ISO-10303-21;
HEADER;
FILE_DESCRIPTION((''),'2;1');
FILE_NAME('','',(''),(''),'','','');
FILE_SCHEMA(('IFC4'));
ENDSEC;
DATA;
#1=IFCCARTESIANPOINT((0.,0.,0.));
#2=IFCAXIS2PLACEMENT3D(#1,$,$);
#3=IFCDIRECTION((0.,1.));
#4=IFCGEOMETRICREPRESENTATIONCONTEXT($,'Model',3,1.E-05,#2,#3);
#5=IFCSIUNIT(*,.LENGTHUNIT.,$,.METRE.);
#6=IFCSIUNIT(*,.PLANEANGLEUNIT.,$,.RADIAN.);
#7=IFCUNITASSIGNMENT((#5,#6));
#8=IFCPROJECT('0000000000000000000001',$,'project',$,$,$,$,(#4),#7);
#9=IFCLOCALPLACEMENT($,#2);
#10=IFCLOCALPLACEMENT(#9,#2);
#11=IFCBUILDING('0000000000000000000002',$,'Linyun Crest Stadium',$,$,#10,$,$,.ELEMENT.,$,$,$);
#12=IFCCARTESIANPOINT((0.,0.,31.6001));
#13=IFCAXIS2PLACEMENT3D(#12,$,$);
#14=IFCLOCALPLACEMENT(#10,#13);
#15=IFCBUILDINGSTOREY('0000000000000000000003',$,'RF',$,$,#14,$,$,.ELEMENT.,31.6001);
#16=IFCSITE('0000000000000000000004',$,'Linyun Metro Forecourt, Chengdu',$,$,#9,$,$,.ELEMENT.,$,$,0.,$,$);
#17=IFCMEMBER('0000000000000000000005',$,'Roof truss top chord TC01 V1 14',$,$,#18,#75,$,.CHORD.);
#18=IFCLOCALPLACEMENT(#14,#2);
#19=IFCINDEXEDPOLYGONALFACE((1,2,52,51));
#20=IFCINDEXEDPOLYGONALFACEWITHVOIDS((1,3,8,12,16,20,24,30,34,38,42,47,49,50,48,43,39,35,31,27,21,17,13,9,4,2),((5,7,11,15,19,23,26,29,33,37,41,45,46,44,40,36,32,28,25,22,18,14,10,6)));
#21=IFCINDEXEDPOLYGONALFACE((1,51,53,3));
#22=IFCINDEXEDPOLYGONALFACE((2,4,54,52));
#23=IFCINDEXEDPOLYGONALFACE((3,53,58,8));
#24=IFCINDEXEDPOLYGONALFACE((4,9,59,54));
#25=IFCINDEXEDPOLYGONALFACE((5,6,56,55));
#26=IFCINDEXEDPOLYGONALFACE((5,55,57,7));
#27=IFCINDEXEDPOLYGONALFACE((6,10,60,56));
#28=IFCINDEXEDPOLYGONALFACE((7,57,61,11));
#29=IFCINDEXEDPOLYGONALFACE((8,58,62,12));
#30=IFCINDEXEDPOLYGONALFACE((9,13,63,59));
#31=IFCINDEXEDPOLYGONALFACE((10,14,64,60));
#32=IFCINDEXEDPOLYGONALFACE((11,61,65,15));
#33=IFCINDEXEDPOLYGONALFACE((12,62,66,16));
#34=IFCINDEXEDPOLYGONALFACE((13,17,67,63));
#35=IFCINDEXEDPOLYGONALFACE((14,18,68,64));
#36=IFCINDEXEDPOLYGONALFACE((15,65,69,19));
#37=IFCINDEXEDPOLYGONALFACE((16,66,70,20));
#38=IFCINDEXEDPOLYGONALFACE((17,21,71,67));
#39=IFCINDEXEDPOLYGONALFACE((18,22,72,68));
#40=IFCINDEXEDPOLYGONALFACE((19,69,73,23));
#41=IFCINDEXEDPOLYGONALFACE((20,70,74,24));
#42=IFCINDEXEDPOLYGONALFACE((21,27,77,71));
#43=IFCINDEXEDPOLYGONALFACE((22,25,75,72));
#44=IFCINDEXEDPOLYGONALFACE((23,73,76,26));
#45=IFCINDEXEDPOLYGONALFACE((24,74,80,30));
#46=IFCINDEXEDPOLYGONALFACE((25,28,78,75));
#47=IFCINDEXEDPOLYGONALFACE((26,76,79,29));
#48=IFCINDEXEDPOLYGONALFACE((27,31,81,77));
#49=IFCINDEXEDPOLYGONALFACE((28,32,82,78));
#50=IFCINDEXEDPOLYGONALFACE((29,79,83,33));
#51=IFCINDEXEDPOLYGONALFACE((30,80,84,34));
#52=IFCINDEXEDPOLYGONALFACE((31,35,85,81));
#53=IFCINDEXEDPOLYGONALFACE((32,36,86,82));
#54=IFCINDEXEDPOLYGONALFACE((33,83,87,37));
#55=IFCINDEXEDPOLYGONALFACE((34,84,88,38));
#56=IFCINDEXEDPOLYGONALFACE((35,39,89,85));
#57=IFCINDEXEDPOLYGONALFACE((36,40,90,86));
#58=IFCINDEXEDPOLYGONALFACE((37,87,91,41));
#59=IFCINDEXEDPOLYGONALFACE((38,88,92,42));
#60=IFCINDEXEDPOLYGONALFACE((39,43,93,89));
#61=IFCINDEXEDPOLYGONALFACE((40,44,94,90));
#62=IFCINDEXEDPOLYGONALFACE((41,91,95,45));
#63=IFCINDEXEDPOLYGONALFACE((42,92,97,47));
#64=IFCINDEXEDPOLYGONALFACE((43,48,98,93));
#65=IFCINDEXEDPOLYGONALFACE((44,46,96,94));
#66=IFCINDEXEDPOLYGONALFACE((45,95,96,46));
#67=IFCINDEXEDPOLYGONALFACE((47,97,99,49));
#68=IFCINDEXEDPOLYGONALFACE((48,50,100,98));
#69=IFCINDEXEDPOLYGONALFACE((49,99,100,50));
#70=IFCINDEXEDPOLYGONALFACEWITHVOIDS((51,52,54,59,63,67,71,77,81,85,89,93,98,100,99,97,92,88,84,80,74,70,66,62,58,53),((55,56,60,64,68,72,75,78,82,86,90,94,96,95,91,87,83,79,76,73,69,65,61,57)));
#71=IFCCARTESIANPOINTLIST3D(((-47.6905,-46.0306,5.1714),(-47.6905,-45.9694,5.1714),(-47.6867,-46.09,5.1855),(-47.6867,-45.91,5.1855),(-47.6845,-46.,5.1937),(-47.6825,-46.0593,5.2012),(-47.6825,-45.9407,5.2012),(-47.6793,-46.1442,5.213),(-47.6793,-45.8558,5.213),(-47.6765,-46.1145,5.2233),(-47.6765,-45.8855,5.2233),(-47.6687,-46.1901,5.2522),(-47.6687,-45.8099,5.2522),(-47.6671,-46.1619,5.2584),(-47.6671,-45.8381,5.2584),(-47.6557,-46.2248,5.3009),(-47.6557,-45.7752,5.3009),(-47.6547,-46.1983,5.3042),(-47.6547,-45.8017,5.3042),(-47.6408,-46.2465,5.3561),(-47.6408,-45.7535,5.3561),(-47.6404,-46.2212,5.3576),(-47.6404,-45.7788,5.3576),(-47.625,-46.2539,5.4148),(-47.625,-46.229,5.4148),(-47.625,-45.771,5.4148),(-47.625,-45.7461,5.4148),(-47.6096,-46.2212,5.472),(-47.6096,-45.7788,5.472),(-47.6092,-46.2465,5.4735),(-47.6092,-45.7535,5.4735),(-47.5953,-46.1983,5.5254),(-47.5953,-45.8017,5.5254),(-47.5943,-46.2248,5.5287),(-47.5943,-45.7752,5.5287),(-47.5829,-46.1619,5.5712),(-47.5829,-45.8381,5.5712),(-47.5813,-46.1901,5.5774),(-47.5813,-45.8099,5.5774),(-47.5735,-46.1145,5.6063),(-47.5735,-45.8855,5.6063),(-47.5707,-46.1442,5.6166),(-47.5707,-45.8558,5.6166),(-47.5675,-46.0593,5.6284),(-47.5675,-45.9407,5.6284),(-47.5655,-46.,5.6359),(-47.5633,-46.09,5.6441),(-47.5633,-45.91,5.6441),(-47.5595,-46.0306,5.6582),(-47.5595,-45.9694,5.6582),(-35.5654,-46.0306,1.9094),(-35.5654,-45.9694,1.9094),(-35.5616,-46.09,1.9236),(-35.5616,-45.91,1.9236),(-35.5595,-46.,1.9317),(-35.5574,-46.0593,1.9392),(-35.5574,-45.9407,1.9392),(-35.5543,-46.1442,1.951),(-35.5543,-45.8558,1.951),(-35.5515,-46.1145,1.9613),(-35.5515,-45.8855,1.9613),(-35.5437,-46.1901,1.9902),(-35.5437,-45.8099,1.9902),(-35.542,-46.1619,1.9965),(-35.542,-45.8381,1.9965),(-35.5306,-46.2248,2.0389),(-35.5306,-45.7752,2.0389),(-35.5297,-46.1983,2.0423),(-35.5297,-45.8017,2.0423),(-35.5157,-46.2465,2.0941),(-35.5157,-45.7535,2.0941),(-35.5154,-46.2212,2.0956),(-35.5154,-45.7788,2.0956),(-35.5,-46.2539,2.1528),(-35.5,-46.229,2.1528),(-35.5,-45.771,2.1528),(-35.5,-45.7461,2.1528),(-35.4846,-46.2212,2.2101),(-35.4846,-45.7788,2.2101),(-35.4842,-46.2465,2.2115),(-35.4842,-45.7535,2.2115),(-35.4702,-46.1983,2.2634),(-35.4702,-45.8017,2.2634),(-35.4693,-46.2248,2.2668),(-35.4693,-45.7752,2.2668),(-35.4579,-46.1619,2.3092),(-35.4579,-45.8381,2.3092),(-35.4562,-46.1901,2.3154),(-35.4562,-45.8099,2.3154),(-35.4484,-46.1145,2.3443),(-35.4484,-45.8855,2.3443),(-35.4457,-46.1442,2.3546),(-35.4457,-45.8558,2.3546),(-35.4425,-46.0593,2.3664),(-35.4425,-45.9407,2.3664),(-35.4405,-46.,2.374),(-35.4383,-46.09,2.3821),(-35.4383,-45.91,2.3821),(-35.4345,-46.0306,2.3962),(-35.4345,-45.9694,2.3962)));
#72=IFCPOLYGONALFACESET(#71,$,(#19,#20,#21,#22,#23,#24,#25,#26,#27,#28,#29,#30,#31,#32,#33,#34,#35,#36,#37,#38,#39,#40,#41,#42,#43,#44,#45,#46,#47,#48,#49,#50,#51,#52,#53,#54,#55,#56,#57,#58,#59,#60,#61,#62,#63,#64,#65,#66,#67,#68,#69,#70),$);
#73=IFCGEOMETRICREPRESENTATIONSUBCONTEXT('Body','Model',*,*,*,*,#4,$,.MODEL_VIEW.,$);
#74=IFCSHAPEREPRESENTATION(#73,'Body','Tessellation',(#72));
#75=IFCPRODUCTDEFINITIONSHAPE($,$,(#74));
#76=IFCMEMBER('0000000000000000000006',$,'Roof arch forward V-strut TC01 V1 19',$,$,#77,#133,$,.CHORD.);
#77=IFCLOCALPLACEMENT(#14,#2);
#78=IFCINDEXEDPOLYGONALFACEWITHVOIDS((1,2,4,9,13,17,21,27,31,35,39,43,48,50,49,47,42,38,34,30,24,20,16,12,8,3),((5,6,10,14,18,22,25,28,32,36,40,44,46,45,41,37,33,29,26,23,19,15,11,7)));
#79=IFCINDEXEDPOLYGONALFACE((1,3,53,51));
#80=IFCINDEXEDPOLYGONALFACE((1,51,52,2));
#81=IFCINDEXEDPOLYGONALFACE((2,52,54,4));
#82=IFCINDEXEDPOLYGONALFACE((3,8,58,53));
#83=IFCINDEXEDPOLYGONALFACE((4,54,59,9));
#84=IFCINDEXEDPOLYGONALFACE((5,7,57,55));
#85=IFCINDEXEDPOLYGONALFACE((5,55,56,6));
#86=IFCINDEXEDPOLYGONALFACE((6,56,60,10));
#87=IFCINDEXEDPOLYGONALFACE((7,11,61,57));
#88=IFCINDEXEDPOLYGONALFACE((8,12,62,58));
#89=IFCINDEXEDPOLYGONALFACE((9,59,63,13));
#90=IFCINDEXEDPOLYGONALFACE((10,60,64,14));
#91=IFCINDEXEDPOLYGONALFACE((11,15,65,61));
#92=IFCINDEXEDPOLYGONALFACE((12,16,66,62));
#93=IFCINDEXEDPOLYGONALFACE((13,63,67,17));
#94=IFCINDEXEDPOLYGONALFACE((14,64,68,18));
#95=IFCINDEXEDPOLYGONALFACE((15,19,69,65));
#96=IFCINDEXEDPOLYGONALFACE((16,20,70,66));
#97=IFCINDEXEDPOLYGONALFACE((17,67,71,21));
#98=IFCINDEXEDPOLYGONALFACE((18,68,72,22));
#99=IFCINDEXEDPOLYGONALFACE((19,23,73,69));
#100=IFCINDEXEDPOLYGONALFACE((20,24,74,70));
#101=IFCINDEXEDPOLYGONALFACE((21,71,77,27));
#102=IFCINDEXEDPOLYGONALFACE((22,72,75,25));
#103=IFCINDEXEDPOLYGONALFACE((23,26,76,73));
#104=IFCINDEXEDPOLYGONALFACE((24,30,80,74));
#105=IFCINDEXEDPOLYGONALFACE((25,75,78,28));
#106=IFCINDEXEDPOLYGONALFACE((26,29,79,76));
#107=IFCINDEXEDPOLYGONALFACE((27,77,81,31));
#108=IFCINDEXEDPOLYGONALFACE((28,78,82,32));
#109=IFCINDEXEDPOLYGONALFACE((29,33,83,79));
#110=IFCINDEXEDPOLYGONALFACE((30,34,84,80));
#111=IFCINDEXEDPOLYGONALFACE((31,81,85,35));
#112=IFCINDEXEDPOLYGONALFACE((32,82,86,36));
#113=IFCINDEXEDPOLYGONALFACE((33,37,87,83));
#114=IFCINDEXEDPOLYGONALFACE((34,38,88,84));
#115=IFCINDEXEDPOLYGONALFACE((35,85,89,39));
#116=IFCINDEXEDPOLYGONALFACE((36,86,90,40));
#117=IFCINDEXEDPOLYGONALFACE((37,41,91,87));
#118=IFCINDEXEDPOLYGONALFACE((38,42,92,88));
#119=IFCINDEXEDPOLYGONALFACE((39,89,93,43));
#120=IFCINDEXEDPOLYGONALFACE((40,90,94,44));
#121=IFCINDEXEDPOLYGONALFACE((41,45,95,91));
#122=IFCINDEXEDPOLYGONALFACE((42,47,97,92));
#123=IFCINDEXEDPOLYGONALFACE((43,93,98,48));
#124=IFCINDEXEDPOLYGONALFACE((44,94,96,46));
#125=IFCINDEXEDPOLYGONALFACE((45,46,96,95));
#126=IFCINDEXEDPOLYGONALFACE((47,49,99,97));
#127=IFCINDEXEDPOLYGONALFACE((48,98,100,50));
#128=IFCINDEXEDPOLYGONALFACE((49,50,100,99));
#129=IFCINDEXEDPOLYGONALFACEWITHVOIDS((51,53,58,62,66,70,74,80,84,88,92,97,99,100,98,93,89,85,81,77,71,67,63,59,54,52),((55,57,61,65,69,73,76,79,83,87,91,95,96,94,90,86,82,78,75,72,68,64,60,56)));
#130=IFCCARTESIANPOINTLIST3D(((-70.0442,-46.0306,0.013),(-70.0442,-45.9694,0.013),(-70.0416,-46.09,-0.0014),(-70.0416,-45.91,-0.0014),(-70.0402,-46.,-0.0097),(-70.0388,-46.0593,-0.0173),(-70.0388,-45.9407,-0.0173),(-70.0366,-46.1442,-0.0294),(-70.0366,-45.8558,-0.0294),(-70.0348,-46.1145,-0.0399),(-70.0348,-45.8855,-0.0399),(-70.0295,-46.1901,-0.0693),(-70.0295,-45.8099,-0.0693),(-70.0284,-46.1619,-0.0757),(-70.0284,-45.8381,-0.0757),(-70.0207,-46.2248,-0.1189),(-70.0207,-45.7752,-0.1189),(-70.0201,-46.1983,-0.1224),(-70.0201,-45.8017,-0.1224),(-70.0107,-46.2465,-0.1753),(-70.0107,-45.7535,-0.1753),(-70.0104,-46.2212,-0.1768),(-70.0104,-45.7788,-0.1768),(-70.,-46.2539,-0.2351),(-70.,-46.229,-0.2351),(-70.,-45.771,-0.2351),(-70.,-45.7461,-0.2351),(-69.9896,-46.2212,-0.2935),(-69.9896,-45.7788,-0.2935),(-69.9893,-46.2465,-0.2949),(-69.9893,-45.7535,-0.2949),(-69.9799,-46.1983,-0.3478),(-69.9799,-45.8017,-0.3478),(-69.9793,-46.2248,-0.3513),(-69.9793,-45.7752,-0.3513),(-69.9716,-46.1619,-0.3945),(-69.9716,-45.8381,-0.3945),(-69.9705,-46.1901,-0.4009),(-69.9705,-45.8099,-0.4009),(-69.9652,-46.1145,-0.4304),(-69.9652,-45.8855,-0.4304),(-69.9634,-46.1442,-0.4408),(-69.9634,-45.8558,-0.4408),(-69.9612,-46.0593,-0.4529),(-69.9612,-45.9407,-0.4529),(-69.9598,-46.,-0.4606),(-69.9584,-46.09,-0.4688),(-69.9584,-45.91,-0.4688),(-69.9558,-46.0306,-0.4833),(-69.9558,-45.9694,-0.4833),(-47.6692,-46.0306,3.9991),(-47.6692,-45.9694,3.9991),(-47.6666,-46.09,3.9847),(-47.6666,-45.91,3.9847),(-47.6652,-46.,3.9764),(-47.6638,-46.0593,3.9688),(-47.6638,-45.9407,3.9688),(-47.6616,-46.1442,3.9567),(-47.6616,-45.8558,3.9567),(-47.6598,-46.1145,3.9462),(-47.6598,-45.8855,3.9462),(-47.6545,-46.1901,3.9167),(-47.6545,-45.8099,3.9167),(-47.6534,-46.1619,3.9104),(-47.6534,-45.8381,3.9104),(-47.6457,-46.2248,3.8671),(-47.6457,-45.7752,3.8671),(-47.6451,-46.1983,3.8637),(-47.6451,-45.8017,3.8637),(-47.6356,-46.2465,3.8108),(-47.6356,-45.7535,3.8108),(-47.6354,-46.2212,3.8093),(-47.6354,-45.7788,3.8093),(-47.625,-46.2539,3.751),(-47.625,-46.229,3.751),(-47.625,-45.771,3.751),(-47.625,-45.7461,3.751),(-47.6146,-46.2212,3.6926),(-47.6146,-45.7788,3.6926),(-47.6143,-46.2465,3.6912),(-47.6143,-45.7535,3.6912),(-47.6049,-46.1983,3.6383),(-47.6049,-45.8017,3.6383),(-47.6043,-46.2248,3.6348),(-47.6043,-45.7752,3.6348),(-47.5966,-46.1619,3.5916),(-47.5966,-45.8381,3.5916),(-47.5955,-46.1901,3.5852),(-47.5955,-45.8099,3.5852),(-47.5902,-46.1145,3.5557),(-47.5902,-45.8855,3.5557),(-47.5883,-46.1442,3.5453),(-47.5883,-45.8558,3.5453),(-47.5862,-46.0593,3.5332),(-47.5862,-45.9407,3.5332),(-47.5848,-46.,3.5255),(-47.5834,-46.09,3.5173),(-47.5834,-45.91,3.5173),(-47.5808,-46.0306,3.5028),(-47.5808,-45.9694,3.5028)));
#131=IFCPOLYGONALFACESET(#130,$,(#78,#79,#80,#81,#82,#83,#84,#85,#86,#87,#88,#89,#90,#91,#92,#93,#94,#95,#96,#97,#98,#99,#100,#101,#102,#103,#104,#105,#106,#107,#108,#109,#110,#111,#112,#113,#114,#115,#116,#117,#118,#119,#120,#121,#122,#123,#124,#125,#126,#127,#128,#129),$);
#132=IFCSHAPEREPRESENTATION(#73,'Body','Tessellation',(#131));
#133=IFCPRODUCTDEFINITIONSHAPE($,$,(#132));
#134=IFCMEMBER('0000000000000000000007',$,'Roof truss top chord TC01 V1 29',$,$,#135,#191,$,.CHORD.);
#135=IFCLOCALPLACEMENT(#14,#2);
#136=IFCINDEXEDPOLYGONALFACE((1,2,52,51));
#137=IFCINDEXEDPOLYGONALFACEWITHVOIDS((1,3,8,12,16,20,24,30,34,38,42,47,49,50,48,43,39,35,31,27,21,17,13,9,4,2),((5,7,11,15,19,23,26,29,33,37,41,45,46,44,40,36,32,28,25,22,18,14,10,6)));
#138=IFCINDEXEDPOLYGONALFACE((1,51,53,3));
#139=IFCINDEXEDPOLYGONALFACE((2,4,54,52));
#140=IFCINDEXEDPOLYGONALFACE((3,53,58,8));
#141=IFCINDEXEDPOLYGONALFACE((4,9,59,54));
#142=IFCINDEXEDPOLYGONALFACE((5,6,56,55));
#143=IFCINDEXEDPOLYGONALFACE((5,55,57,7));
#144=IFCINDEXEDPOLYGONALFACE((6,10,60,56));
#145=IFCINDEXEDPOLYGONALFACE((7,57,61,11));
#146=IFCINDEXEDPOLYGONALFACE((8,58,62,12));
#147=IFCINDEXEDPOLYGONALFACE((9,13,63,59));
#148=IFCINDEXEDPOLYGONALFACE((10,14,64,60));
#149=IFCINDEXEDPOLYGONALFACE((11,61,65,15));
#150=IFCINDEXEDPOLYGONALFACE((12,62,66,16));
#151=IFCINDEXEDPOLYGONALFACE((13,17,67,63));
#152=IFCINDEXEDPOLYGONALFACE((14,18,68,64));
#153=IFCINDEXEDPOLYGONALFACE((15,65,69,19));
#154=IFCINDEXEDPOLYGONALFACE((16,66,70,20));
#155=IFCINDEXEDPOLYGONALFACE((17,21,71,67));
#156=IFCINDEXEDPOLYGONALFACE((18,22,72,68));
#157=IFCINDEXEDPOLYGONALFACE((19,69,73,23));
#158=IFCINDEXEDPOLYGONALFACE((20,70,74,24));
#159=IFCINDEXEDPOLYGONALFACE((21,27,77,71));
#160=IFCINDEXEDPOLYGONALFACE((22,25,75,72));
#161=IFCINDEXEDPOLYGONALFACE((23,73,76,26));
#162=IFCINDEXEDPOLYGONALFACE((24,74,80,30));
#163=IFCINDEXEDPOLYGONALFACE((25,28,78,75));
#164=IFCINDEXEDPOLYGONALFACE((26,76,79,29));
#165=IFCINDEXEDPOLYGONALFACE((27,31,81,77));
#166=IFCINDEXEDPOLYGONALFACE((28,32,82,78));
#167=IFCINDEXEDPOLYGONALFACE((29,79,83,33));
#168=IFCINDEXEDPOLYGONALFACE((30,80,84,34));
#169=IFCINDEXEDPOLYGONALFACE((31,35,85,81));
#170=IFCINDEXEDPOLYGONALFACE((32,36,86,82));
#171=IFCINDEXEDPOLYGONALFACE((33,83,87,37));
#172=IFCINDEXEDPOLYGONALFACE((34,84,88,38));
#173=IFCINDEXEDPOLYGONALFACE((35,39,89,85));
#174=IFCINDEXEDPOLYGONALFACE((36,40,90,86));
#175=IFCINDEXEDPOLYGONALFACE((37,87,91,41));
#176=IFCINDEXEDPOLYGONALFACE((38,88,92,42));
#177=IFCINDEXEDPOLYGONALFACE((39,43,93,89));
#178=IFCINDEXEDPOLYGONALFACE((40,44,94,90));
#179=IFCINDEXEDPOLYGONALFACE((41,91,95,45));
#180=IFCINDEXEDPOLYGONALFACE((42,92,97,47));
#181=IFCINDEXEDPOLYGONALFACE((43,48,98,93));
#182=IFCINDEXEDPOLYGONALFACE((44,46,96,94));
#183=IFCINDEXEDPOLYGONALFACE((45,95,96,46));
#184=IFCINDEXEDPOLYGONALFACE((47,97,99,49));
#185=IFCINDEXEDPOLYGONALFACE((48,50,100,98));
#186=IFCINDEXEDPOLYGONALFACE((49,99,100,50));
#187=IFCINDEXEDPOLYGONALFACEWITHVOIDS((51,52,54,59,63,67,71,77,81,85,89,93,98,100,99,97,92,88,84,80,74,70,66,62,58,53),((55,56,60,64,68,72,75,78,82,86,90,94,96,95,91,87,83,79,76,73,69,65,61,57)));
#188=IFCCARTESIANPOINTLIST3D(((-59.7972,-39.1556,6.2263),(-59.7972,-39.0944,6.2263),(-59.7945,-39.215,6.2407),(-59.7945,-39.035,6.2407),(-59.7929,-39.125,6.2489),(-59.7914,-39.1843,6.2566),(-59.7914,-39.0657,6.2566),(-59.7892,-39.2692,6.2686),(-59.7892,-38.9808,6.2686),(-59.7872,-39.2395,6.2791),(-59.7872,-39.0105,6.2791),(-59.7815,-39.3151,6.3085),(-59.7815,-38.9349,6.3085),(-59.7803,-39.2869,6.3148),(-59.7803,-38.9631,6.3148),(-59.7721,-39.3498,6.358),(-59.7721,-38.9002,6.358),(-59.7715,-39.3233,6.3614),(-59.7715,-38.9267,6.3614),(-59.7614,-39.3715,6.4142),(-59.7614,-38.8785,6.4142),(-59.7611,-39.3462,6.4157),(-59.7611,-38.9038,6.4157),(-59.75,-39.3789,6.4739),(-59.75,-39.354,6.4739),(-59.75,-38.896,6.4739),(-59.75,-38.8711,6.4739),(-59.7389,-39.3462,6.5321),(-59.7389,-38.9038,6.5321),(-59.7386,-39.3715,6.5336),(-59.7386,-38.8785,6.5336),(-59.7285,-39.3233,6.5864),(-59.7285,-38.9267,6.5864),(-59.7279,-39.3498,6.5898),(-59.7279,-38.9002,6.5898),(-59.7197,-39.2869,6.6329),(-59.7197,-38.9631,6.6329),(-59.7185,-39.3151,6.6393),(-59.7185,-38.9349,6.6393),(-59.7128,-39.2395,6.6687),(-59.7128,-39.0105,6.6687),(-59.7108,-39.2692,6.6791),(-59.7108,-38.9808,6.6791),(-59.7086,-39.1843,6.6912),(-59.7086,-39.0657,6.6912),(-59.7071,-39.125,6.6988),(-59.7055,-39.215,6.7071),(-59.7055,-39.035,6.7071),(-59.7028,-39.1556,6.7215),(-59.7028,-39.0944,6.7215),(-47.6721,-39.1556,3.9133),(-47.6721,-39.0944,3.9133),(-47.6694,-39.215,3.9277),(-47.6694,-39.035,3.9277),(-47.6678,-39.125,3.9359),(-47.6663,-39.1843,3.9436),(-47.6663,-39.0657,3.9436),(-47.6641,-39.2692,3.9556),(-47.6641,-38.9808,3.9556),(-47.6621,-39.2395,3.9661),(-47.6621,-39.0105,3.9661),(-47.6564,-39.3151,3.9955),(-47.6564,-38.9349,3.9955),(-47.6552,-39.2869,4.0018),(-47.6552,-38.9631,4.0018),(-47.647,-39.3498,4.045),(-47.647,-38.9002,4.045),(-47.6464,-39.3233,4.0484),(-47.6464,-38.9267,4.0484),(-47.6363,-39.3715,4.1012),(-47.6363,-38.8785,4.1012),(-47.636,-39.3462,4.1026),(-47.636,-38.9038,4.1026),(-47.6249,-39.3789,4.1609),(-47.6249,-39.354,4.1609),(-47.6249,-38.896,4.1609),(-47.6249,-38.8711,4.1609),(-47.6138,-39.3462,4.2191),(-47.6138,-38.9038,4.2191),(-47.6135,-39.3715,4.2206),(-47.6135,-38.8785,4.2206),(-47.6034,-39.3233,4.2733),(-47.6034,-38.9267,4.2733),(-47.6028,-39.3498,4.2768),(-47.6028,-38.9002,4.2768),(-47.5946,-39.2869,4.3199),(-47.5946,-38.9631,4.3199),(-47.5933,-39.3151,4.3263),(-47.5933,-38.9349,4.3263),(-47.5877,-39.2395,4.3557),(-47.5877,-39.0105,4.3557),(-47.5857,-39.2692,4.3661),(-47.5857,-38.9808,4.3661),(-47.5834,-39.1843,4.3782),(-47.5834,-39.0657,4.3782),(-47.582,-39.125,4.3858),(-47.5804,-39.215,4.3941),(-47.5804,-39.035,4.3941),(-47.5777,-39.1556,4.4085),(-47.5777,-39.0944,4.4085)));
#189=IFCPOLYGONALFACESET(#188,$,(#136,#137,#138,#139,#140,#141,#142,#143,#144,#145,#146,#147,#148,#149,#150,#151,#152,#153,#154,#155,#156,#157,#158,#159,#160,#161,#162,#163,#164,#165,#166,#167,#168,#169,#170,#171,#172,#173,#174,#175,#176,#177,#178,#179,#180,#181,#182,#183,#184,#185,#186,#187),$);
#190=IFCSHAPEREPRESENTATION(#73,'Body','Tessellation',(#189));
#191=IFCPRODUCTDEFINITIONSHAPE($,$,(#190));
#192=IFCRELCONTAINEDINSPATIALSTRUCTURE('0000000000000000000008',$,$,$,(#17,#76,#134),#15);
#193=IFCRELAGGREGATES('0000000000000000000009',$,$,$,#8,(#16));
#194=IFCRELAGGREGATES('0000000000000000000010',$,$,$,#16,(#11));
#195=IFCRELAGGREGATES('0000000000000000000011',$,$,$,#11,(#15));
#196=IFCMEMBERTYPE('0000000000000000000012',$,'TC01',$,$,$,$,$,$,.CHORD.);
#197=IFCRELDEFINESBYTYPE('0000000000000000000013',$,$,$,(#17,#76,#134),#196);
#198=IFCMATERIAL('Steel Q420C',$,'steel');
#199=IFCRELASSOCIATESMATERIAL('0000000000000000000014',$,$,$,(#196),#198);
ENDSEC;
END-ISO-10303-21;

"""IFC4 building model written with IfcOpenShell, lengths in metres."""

from ifc_helpers import new_model, si_unit, direction, frame, origin, origin_2d, place, context, subcontext, project, spatial, hollow_circle, extrude, material, material_profile, profile_set, type_object, element, save


model = new_model("IFC4")

# Units and contexts
model_context = context("Model", 3, precision=1e-05, world=origin(), true_north=direction((0.0, 1.0)))
body_context = subcontext(model_context, "Body", "Model", "MODEL_VIEW")
ifc_project = project(units=[si_unit("LENGTHUNIT", "METRE"), si_unit("PLANEANGLEUNIT", "RADIAN")], contexts=[model_context])

# Site, building, storey
site_placement = place(None, origin())
site = spatial("IfcSite", under=ifc_project, at=site_placement, Name="Linyun Metro Forecourt, Chengdu", CompositionType="ELEMENT", RefElevation=0.0)
building_placement = place(site_placement, origin())
building = spatial("IfcBuilding", under=site, at=building_placement, Name="Linyun Crest Stadium", CompositionType="ELEMENT")
storey_placement = place(building_placement, frame((0.0, 0.0, 31.6001)))
storey = spatial("IfcBuildingStorey", under=building, at=storey_placement, Name="RF", CompositionType="ELEMENT", Elevation=31.6001)

# Members
ifc_material_1 = material(Name="Steel Q420C", Category="steel")
ifc_material_profile_1 = material_profile(ifc_material_1, hollow_circle(Radius=0.2539, WallThickness=0.0249, at=origin_2d()), Name="CHS 508x25")
ifc_profile_set_1 = profile_set([ifc_material_profile_1], Name="Steel Q420C")
member_type_1 = type_object("IfcMemberType", Name="TC01", PredefinedType="CHORD", material=ifc_profile_set_1)
member_1_placement = place(storey_placement, frame((-47.625, -46.0, 5.4148), z_axis=(0.965665, 0.0, -0.259791), x_axis=(0.0, 1.0, 0.0)))
element("IfcMember", 1, at=member_1_placement, inside=storey, type_object=member_type_1, Name="Roof truss top chord TC01 V1 14", PredefinedType="CHORD", context=body_context, shape_type="SweptSolid", body=[
    extrude(hollow_circle(Radius=0.2539, WallThickness=0.0249, at=origin_2d()), origin(), (0.0, 0.0, 1.0), 12.5562),
])
member_2_placement = place(storey_placement, frame((-70.0, -46.0, -0.2351), z_axis=(0.984499, 0.0, 0.175388), x_axis=(0.0, 1.0, 0.0)))
element("IfcMember", 2, at=member_2_placement, inside=storey, type_object=member_type_1, Name="Roof arch forward V-strut TC01 V1 19", PredefinedType="CHORD", context=body_context, shape_type="SweptSolid", body=[
    extrude(hollow_circle(Radius=0.2539, WallThickness=0.0249, at=origin_2d()), origin(), (0.0, 0.0, 1.0), 22.7273),
])
member_3_placement = place(storey_placement, frame((-59.75, -39.125, 6.4739), z_axis=(0.982287, 0.0, -0.187383), x_axis=(0.0, 1.0, 0.0)))
element("IfcMember", 3, at=member_3_placement, inside=storey, type_object=member_type_1, Name="Roof truss top chord TC01 V1 29", PredefinedType="CHORD", context=body_context, shape_type="SweptSolid", body=[
    extrude(hollow_circle(Radius=0.2539, WallThickness=0.0249, at=origin_2d()), origin(), (0.0, 0.0, 1.0), 12.3438),
])

save(model, "model.ifc")
